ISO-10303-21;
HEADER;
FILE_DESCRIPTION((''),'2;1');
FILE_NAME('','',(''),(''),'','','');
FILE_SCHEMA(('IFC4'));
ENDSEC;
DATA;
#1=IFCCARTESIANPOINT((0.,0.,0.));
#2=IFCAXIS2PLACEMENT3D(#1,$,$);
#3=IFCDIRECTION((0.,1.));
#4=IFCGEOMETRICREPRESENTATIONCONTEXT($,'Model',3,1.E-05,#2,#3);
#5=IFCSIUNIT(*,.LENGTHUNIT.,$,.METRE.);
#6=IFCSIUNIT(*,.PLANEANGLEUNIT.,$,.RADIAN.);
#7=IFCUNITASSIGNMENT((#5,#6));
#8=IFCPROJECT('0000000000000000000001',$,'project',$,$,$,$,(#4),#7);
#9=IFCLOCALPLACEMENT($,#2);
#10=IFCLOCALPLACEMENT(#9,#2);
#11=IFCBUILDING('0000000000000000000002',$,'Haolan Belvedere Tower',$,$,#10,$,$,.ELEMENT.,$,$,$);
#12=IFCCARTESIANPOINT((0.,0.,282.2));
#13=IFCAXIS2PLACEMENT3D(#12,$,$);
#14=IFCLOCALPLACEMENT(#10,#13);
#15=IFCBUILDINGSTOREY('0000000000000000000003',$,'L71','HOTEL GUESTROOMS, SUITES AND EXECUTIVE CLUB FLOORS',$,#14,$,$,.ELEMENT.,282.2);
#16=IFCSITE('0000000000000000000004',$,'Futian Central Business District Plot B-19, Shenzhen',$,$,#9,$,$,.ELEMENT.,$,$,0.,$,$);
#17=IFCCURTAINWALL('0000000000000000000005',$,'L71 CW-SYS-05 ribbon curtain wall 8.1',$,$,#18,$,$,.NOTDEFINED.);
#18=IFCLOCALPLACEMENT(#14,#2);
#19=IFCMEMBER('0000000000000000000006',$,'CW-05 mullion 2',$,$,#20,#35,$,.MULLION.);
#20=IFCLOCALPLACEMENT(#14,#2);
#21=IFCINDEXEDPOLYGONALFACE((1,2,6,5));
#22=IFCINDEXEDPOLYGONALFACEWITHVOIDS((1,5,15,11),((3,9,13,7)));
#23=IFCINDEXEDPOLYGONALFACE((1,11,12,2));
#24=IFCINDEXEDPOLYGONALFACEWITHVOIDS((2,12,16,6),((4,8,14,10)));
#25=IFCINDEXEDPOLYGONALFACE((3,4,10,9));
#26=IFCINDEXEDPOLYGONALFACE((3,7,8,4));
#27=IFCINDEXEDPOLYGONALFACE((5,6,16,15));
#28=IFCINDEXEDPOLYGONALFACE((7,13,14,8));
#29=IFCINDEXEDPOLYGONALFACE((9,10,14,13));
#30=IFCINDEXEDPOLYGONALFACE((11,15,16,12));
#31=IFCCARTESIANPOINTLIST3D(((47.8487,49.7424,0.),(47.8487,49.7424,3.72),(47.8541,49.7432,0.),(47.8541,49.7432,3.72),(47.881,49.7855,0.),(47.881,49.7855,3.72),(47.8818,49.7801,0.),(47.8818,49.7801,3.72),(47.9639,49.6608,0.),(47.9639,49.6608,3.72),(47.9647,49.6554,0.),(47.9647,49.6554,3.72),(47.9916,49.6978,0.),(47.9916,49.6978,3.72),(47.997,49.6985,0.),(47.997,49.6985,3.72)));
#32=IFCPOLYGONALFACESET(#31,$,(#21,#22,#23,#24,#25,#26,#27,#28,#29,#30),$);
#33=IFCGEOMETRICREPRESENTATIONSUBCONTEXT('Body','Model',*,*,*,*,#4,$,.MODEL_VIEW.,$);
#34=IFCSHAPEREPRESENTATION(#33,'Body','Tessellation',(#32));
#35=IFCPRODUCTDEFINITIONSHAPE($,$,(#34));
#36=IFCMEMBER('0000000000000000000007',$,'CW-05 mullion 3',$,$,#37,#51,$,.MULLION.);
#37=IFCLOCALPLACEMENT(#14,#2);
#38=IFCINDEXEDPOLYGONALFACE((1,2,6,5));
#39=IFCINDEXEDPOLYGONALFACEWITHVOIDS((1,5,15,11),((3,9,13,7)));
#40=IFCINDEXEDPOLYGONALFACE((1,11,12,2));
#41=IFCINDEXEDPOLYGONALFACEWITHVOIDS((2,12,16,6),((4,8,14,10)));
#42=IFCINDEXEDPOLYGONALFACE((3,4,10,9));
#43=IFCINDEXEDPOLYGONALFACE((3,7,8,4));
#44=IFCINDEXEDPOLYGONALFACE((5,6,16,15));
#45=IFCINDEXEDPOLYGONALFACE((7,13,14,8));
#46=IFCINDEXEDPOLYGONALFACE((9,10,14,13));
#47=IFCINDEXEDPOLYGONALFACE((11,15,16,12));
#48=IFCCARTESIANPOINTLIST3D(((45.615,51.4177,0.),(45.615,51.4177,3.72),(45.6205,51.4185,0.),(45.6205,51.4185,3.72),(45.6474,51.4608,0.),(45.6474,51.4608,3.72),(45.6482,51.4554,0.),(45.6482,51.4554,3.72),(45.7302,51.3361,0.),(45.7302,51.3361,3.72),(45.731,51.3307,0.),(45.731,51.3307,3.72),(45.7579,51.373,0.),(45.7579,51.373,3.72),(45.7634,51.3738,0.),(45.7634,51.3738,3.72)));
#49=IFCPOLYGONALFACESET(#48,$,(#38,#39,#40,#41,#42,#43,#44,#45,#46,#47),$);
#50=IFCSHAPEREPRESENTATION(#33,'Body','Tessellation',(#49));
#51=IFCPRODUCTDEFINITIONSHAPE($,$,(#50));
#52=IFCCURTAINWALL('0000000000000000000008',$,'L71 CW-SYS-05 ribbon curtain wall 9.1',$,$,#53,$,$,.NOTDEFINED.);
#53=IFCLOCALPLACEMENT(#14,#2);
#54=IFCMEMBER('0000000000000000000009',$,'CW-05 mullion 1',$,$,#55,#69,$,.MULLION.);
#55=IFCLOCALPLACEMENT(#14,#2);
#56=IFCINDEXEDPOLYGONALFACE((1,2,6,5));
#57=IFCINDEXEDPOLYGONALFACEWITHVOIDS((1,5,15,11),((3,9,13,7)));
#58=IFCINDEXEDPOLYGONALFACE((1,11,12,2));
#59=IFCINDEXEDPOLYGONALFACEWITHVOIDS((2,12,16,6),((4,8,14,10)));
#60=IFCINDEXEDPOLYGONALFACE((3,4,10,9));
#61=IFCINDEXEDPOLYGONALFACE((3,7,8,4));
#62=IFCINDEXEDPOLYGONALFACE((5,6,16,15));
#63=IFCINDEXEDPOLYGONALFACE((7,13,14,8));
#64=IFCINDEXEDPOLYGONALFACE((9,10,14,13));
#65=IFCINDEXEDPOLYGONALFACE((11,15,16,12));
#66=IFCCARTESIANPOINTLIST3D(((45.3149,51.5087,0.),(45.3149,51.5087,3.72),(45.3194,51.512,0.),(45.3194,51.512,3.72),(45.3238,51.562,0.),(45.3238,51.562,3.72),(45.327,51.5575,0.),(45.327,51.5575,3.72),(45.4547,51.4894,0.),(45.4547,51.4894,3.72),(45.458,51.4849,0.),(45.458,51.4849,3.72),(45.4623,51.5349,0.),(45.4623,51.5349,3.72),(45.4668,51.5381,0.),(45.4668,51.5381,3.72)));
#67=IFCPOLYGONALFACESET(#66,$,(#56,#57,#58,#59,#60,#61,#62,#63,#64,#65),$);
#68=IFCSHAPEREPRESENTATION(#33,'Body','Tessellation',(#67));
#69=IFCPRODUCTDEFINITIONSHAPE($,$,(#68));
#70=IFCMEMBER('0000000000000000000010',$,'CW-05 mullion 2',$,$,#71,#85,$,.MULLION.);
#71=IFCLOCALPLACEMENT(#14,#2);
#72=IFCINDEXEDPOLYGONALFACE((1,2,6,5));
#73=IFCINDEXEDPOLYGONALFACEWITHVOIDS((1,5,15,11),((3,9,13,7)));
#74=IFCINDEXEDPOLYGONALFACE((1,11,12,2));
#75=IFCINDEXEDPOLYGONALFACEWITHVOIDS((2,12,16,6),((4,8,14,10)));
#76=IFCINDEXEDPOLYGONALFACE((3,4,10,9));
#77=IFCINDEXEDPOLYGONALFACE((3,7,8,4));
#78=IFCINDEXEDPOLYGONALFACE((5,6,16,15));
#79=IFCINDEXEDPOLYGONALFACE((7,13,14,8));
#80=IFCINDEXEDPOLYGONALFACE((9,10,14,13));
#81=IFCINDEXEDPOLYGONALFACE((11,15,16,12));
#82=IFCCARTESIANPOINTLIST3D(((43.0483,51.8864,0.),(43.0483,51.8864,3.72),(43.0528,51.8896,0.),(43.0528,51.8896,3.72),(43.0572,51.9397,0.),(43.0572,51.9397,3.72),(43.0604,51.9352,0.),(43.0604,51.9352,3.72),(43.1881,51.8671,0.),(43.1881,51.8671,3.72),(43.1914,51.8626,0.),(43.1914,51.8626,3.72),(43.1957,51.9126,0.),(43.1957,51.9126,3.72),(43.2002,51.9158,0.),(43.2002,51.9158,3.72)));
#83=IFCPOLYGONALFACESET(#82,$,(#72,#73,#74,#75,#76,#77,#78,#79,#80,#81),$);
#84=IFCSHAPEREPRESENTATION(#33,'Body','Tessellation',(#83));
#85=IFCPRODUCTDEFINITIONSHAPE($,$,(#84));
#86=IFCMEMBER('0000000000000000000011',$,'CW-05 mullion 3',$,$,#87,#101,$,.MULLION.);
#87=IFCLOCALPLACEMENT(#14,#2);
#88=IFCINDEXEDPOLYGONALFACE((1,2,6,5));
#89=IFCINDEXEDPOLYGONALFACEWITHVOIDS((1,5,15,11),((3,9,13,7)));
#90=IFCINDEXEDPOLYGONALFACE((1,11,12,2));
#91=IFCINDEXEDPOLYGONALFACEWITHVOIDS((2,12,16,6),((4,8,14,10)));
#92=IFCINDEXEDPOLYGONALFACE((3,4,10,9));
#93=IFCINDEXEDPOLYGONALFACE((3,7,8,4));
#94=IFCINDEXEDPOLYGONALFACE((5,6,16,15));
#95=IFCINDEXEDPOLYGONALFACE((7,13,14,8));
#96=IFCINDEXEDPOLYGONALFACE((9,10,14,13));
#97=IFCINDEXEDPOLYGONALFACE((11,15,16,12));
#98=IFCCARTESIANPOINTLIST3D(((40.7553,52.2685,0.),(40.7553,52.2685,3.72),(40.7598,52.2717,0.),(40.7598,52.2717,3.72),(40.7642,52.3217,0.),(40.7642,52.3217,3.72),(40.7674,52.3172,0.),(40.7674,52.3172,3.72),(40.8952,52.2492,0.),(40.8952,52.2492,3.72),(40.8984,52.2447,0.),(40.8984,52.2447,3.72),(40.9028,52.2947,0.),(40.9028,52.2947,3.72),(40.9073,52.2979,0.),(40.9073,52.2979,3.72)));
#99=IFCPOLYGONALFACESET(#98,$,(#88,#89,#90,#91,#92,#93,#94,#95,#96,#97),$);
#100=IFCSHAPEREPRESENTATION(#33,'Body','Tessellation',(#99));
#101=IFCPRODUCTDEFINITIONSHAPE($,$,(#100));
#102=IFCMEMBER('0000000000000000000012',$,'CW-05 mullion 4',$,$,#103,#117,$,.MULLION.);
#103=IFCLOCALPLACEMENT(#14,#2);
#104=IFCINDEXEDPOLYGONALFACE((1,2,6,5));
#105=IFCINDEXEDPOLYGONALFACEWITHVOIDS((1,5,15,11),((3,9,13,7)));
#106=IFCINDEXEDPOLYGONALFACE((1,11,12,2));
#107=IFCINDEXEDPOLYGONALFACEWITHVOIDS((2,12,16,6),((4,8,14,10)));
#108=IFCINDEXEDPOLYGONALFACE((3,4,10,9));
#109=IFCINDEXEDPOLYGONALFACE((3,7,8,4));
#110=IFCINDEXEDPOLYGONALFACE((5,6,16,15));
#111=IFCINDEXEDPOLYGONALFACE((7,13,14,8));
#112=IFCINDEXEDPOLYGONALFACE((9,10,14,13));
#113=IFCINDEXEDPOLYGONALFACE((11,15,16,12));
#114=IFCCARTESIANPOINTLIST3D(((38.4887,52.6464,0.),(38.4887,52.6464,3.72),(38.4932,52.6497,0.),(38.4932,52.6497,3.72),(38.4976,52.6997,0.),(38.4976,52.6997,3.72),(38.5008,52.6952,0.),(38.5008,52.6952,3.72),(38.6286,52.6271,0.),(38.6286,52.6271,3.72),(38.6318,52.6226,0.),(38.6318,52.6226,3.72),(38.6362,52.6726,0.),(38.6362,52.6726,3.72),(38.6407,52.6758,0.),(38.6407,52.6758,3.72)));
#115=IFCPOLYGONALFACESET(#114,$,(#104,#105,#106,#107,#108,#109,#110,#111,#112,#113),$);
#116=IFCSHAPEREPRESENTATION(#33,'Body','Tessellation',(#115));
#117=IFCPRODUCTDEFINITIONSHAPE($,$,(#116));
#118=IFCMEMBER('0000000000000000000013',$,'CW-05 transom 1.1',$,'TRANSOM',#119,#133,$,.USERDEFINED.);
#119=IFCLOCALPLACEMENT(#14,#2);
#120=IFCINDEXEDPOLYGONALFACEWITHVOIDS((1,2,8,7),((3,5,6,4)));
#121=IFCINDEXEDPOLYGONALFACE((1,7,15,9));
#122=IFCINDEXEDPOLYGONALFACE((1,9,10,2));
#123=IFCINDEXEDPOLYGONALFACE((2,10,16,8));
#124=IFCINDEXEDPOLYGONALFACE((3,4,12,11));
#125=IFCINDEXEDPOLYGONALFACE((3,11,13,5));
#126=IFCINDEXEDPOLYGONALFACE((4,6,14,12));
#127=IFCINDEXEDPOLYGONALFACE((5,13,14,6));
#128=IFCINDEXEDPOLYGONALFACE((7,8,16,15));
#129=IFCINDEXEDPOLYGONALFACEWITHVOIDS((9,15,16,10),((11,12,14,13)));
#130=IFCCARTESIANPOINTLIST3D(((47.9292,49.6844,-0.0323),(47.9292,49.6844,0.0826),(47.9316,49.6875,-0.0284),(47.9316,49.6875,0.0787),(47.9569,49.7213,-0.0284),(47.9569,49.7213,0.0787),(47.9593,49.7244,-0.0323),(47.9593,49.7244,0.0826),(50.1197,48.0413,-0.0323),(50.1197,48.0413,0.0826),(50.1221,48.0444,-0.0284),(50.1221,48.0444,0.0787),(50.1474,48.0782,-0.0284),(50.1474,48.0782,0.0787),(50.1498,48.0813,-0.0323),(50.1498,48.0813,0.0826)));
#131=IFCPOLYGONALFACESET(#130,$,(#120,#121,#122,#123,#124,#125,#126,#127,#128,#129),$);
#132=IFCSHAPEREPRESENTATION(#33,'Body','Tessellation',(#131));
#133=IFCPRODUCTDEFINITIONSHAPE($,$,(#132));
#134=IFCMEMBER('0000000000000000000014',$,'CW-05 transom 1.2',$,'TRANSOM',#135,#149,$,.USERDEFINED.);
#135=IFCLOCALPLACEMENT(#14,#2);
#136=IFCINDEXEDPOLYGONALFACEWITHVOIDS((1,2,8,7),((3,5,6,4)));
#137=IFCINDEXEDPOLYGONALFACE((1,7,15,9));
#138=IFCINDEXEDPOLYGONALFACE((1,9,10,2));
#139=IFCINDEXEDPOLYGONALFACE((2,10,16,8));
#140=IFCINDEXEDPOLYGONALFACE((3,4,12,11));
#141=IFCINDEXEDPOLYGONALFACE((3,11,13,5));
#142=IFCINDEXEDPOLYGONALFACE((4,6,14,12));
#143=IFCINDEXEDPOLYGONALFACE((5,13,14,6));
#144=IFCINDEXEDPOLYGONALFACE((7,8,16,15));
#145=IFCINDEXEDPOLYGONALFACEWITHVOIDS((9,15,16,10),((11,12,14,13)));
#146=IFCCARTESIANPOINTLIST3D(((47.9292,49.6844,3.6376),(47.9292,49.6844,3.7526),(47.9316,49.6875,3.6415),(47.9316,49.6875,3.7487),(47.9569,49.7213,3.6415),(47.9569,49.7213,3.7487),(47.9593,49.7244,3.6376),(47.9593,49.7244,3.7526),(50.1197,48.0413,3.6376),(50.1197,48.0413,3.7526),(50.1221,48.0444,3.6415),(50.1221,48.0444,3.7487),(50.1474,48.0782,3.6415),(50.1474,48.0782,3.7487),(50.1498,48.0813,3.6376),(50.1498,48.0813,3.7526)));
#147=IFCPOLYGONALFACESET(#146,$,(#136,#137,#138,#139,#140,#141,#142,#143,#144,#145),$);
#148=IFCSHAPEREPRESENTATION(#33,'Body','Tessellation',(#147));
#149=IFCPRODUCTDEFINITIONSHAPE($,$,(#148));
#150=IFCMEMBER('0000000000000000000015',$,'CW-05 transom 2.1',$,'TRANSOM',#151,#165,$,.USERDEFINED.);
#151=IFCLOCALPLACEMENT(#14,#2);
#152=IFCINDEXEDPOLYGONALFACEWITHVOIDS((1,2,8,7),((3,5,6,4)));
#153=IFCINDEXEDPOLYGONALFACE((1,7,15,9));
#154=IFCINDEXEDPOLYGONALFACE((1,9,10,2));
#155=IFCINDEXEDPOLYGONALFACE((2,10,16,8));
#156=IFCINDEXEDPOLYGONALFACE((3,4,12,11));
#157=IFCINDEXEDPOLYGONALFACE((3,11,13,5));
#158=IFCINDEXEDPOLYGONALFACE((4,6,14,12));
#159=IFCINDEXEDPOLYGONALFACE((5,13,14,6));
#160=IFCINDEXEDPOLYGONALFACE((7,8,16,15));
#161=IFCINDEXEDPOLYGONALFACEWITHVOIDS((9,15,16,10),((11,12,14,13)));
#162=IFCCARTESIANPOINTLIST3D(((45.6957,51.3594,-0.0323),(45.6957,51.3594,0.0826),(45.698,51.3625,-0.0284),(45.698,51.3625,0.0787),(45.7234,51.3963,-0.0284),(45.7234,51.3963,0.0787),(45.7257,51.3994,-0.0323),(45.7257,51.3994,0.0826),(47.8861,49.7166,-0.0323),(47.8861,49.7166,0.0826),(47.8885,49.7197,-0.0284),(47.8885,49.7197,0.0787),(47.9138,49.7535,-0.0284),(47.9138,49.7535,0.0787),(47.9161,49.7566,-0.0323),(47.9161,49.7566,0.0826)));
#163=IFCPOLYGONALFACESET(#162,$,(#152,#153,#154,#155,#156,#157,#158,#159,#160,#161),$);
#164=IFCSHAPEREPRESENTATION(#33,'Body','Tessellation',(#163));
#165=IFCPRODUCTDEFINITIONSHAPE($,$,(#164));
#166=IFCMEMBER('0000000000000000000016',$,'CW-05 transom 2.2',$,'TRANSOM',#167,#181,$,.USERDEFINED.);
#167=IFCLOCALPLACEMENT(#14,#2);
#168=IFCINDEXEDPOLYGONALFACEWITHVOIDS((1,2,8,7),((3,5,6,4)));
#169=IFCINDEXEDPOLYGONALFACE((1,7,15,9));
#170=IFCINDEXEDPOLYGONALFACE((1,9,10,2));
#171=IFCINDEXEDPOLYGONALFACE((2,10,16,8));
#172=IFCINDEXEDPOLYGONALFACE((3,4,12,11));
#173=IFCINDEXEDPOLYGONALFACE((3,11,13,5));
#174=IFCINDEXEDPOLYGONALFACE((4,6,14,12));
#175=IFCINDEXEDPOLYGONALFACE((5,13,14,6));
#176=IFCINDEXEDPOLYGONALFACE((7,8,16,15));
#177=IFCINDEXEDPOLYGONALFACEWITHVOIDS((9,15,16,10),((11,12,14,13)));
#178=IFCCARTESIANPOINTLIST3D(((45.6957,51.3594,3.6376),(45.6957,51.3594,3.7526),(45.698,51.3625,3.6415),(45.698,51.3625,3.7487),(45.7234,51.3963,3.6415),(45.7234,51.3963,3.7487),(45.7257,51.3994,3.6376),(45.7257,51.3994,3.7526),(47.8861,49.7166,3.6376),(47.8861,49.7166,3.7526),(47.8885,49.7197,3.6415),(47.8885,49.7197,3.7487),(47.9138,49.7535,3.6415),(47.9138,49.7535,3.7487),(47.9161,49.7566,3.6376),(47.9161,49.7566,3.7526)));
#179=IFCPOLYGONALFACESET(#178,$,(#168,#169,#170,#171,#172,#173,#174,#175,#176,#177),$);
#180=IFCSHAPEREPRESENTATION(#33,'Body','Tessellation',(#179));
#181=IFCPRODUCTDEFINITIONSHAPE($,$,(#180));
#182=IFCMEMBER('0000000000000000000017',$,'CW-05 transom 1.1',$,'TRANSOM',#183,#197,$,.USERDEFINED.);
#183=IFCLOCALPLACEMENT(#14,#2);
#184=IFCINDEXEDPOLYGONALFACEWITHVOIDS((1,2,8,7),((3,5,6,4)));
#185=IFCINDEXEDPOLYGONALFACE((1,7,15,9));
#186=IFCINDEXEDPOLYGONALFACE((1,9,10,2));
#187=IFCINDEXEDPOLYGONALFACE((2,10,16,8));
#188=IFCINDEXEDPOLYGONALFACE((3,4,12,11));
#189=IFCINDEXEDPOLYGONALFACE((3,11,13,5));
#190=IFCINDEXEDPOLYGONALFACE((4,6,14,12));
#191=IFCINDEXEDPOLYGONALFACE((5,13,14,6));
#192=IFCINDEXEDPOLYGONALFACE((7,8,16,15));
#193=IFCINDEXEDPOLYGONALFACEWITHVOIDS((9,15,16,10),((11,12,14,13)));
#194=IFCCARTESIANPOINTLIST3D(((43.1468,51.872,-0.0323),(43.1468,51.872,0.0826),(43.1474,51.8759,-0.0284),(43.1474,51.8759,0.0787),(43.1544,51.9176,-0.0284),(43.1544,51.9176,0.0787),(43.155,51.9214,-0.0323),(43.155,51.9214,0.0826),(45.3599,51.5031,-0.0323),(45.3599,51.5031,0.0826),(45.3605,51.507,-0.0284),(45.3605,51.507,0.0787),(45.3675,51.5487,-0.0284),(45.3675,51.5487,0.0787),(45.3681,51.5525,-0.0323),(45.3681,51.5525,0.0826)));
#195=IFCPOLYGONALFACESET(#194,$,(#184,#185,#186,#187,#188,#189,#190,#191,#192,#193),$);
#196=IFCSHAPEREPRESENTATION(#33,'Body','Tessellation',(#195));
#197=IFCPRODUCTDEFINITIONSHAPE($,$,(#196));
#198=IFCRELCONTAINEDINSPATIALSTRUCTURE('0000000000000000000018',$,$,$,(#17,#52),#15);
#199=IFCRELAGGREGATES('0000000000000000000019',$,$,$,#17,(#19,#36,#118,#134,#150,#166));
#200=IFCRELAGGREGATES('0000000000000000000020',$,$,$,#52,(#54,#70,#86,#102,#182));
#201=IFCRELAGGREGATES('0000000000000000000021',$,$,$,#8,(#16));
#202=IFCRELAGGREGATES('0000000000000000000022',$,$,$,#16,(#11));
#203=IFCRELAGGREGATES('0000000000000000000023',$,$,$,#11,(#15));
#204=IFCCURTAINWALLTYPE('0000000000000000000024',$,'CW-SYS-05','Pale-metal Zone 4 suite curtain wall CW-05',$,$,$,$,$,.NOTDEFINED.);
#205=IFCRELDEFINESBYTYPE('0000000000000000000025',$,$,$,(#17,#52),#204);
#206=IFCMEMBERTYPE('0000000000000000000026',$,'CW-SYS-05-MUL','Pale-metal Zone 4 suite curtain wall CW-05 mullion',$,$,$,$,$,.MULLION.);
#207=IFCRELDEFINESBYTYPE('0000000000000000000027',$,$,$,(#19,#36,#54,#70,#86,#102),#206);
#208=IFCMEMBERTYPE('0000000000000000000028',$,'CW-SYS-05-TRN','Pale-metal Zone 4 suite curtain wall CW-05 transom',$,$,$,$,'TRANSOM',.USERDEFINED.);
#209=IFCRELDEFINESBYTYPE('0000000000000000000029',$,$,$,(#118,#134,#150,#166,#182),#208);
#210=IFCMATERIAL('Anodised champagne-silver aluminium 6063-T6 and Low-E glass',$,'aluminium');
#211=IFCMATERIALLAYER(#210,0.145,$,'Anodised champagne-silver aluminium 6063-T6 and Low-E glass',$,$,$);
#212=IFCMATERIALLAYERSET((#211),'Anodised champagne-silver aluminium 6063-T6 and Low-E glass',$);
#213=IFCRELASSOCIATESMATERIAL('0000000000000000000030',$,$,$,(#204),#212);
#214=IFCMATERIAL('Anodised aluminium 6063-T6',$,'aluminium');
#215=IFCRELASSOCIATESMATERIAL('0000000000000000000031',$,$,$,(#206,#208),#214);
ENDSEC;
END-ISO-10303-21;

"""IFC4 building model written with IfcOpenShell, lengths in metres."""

from ifc_helpers import new_model, si_unit, direction, frame, origin, origin_2d, place, context, subcontext, project, spatial, hollow_rectangle, extrude, material, layer, layer_set, material_profile, profile_set, type_object, element, aggregate, save


model = new_model("IFC4")

# Units and contexts
model_context = context("Model", 3, precision=1e-05, world=origin(), true_north=direction((0.0, 1.0)))
body_context = subcontext(model_context, "Body", "Model", "MODEL_VIEW")
ifc_project = project(units=[si_unit("LENGTHUNIT", "METRE"), si_unit("PLANEANGLEUNIT", "RADIAN")], contexts=[model_context])

# Site, building, storey
site_placement = place(None, origin())
site = spatial("IfcSite", under=ifc_project, at=site_placement, Name="Futian Central Business District Plot B-19, Shenzhen", CompositionType="ELEMENT", RefElevation=0.0)
building_placement = place(site_placement, origin())
building = spatial("IfcBuilding", under=site, at=building_placement, Name="Haolan Belvedere Tower", CompositionType="ELEMENT")
storey_placement = place(building_placement, frame((0.0, 0.0, 282.2)))
storey = spatial("IfcBuildingStorey", under=building, at=storey_placement, Name="L71", Description="HOTEL GUESTROOMS, SUITES AND EXECUTIVE CLUB FLOORS", CompositionType="ELEMENT", Elevation=282.2)

# Curtain walls, members
ifc_material_1 = material(Name="Anodised champagne-silver aluminium 6063-T6 and Low-E glass", Category="aluminium")
ifc_layer_1 = layer(ifc_material_1, 0.145, Name="Anodised champagne-silver aluminium 6063-T6 and Low-E glass")
ifc_layer_set_1 = layer_set([ifc_layer_1], Name="Anodised champagne-silver aluminium 6063-T6 and Low-E glass")
curtain_wall_type = type_object("IfcCurtainWallType", Name="CW-SYS-05", Description="Pale-metal Zone 4 suite curtain wall CW-05", PredefinedType="NOTDEFINED", material=ifc_layer_set_1)
curtain_wall_1_placement = place(storey_placement, origin())
curtain_wall_1 = element("IfcCurtainWall", 1, at=curtain_wall_1_placement, inside=storey, type_object=curtain_wall_type, Name="L71 CW-SYS-05 ribbon curtain wall 8.1", PredefinedType="NOTDEFINED")
ifc_material_2 = material(Name="Anodised aluminium 6063-T6", Category="aluminium")
ifc_material_profile_1 = material_profile(ifc_material_2, hollow_rectangle(XDim=0.054, YDim=0.145, WallThickness=0.0039, at=origin_2d()), Name="Anodised aluminium 6063-T6")
ifc_profile_set_1 = profile_set([ifc_material_profile_1], Name="Anodised aluminium 6063-T6")
member_type_1 = type_object("IfcMemberType", Name="CW-SYS-05-MUL", Description="Pale-metal Zone 4 suite curtain wall CW-05 mullion", PredefinedType="MULLION", material=ifc_profile_set_1)
member_1_placement = place(storey_placement, frame((47.9229, 49.7205, 0.0), z_axis=(0.0, 0.0, 1.0), x_axis=(-0.600003, -0.799998, 0.0)))
member_1 = element("IfcMember", 2, at=member_1_placement, type_object=member_type_1, Name="CW-05 mullion 2", PredefinedType="MULLION", context=body_context, shape_type="SweptSolid", body=[
    extrude(hollow_rectangle(XDim=0.054, YDim=0.145, WallThickness=0.0039, at=origin_2d()), origin(), (0.0, 0.0, 1.0), 3.72),
])
member_2_placement = place(storey_placement, frame((45.6892, 51.3958, 0.0), z_axis=(0.0, 0.0, 1.0), x_axis=(-0.600003, -0.799998, 0.0)))
member_2 = element("IfcMember", 3, at=member_2_placement, type_object=member_type_1, Name="CW-05 mullion 3", PredefinedType="MULLION", context=body_context, shape_type="SweptSolid", body=[
    extrude(hollow_rectangle(XDim=0.054, YDim=0.145, WallThickness=0.0039, at=origin_2d()), origin(), (0.0, 0.0, 1.0), 3.72),
])
curtain_wall_2_placement = place(storey_placement, origin())
curtain_wall_2 = element("IfcCurtainWall", 4, at=curtain_wall_2_placement, inside=storey, type_object=curtain_wall_type, Name="L71 CW-SYS-05 ribbon curtain wall 9.1", PredefinedType="NOTDEFINED")
member_3_placement = place(storey_placement, frame((45.3909, 51.5234, 0.0), z_axis=(0.0, 0.0, 1.0), x_axis=(-0.164406, -0.986393, 0.0)))
member_3 = element("IfcMember", 5, at=member_3_placement, type_object=member_type_1, Name="CW-05 mullion 1", PredefinedType="MULLION", context=body_context, shape_type="SweptSolid", body=[
    extrude(hollow_rectangle(XDim=0.054, YDim=0.145, WallThickness=0.0039, at=origin_2d()), origin(), (0.0, 0.0, 1.0), 3.72),
])
member_4_placement = place(storey_placement, frame((43.1243, 51.9011, 0.0), z_axis=(0.0, 0.0, 1.0), x_axis=(-0.164406, -0.986393, 0.0)))
member_4 = element("IfcMember", 6, at=member_4_placement, type_object=member_type_1, Name="CW-05 mullion 2", PredefinedType="MULLION", context=body_context, shape_type="SweptSolid", body=[
    extrude(hollow_rectangle(XDim=0.054, YDim=0.145, WallThickness=0.0039, at=origin_2d()), origin(), (0.0, 0.0, 1.0), 3.72),
])
member_5_placement = place(storey_placement, frame((40.8313, 52.2832, 0.0), z_axis=(0.0, 0.0, 1.0), x_axis=(-0.164406, -0.986393, 0.0)))
member_5 = element("IfcMember", 7, at=member_5_placement, type_object=member_type_1, Name="CW-05 mullion 3", PredefinedType="MULLION", context=body_context, shape_type="SweptSolid", body=[
    extrude(hollow_rectangle(XDim=0.054, YDim=0.145, WallThickness=0.0039, at=origin_2d()), origin(), (0.0, 0.0, 1.0), 3.72),
])
member_6_placement = place(storey_placement, frame((38.5647, 52.6611, 0.0), z_axis=(0.0, 0.0, 1.0), x_axis=(-0.164406, -0.986393, 0.0)))
member_6 = element("IfcMember", 8, at=member_6_placement, type_object=member_type_1, Name="CW-05 mullion 4", PredefinedType="MULLION", context=body_context, shape_type="SweptSolid", body=[
    extrude(hollow_rectangle(XDim=0.054, YDim=0.145, WallThickness=0.0039, at=origin_2d()), origin(), (0.0, 0.0, 1.0), 3.72),
])

# Members
ifc_material_profile_2 = material_profile(ifc_material_2, hollow_rectangle(XDim=0.05, YDim=0.115, WallThickness=0.0039, at=origin_2d()), Name="Anodised aluminium 6063-T6")
ifc_profile_set_2 = profile_set([ifc_material_profile_2], Name="Anodised aluminium 6063-T6")
member_type_2 = type_object("IfcMemberType", Name="CW-SYS-05-TRN", Description="Pale-metal Zone 4 suite curtain wall CW-05 transom", ElementType="TRANSOM", PredefinedType="USERDEFINED", material=ifc_profile_set_2)
member_7_placement = place(storey_placement, frame((50.1348, 48.0613, 0.0251), z_axis=(-0.799957, 0.600057, 0.0), x_axis=(-0.600057, -0.799957, 0.0)))
member_7 = element("IfcMember", 9, at=member_7_placement, type_object=member_type_2, Name="CW-05 transom 1.1", ObjectType="TRANSOM", PredefinedType="USERDEFINED", context=body_context, shape_type="SweptSolid", body=[
    extrude(hollow_rectangle(XDim=0.05, YDim=0.115, WallThickness=0.0039, at=origin_2d()), origin(), (0.0, 0.0, 1.0), 2.7383),
])
member_8_placement = place(storey_placement, frame((50.1348, 48.0613, 3.6951), z_axis=(-0.799957, 0.600057, 0.0), x_axis=(-0.600057, -0.799957, 0.0)))
member_8 = element("IfcMember", 10, at=member_8_placement, type_object=member_type_2, Name="CW-05 transom 1.2", ObjectType="TRANSOM", PredefinedType="USERDEFINED", context=body_context, shape_type="SweptSolid", body=[
    extrude(hollow_rectangle(XDim=0.05, YDim=0.115, WallThickness=0.0039, at=origin_2d()), origin(), (0.0, 0.0, 1.0), 2.7383),
])
member_9_placement = place(storey_placement, frame((47.9011, 49.7366, 0.0251), z_axis=(-0.8, 0.6, 0.0), x_axis=(-0.6, -0.8, 0.0)))
member_9 = element("IfcMember", 11, at=member_9_placement, type_object=member_type_2, Name="CW-05 transom 2.1", ObjectType="TRANSOM", PredefinedType="USERDEFINED", context=body_context, shape_type="SweptSolid", body=[
    extrude(hollow_rectangle(XDim=0.05, YDim=0.115, WallThickness=0.0039, at=origin_2d()), origin(), (0.0, 0.0, 1.0), 2.738),
])
member_10_placement = place(storey_placement, frame((47.9011, 49.7366, 3.6951), z_axis=(-0.8, 0.6, 0.0), x_axis=(-0.6, -0.8, 0.0)))
member_10 = element("IfcMember", 12, at=member_10_placement, type_object=member_type_2, Name="CW-05 transom 2.2", ObjectType="TRANSOM", PredefinedType="USERDEFINED", context=body_context, shape_type="SweptSolid", body=[
    extrude(hollow_rectangle(XDim=0.05, YDim=0.115, WallThickness=0.0039, at=origin_2d()), origin(), (0.0, 0.0, 1.0), 2.738),
])
member_11_placement = place(storey_placement, frame((45.364, 51.5278, 0.0251), z_axis=(-0.986391, 0.164417, 0.0), x_axis=(-0.164417, -0.986391, 0.0)))
member_11 = element("IfcMember", 13, at=member_11_placement, type_object=member_type_2, Name="CW-05 transom 1.1", ObjectType="TRANSOM", PredefinedType="USERDEFINED", context=body_context, shape_type="SweptSolid", body=[
    extrude(hollow_rectangle(XDim=0.05, YDim=0.115, WallThickness=0.0039, at=origin_2d()), origin(), (0.0, 0.0, 1.0), 2.2437),
])

aggregate(curtain_wall_1, [member_1, member_2, member_7, member_8, member_9, member_10])
aggregate(curtain_wall_2, [member_3, member_4, member_5, member_6, member_11])

save(model, "model.ifc")
